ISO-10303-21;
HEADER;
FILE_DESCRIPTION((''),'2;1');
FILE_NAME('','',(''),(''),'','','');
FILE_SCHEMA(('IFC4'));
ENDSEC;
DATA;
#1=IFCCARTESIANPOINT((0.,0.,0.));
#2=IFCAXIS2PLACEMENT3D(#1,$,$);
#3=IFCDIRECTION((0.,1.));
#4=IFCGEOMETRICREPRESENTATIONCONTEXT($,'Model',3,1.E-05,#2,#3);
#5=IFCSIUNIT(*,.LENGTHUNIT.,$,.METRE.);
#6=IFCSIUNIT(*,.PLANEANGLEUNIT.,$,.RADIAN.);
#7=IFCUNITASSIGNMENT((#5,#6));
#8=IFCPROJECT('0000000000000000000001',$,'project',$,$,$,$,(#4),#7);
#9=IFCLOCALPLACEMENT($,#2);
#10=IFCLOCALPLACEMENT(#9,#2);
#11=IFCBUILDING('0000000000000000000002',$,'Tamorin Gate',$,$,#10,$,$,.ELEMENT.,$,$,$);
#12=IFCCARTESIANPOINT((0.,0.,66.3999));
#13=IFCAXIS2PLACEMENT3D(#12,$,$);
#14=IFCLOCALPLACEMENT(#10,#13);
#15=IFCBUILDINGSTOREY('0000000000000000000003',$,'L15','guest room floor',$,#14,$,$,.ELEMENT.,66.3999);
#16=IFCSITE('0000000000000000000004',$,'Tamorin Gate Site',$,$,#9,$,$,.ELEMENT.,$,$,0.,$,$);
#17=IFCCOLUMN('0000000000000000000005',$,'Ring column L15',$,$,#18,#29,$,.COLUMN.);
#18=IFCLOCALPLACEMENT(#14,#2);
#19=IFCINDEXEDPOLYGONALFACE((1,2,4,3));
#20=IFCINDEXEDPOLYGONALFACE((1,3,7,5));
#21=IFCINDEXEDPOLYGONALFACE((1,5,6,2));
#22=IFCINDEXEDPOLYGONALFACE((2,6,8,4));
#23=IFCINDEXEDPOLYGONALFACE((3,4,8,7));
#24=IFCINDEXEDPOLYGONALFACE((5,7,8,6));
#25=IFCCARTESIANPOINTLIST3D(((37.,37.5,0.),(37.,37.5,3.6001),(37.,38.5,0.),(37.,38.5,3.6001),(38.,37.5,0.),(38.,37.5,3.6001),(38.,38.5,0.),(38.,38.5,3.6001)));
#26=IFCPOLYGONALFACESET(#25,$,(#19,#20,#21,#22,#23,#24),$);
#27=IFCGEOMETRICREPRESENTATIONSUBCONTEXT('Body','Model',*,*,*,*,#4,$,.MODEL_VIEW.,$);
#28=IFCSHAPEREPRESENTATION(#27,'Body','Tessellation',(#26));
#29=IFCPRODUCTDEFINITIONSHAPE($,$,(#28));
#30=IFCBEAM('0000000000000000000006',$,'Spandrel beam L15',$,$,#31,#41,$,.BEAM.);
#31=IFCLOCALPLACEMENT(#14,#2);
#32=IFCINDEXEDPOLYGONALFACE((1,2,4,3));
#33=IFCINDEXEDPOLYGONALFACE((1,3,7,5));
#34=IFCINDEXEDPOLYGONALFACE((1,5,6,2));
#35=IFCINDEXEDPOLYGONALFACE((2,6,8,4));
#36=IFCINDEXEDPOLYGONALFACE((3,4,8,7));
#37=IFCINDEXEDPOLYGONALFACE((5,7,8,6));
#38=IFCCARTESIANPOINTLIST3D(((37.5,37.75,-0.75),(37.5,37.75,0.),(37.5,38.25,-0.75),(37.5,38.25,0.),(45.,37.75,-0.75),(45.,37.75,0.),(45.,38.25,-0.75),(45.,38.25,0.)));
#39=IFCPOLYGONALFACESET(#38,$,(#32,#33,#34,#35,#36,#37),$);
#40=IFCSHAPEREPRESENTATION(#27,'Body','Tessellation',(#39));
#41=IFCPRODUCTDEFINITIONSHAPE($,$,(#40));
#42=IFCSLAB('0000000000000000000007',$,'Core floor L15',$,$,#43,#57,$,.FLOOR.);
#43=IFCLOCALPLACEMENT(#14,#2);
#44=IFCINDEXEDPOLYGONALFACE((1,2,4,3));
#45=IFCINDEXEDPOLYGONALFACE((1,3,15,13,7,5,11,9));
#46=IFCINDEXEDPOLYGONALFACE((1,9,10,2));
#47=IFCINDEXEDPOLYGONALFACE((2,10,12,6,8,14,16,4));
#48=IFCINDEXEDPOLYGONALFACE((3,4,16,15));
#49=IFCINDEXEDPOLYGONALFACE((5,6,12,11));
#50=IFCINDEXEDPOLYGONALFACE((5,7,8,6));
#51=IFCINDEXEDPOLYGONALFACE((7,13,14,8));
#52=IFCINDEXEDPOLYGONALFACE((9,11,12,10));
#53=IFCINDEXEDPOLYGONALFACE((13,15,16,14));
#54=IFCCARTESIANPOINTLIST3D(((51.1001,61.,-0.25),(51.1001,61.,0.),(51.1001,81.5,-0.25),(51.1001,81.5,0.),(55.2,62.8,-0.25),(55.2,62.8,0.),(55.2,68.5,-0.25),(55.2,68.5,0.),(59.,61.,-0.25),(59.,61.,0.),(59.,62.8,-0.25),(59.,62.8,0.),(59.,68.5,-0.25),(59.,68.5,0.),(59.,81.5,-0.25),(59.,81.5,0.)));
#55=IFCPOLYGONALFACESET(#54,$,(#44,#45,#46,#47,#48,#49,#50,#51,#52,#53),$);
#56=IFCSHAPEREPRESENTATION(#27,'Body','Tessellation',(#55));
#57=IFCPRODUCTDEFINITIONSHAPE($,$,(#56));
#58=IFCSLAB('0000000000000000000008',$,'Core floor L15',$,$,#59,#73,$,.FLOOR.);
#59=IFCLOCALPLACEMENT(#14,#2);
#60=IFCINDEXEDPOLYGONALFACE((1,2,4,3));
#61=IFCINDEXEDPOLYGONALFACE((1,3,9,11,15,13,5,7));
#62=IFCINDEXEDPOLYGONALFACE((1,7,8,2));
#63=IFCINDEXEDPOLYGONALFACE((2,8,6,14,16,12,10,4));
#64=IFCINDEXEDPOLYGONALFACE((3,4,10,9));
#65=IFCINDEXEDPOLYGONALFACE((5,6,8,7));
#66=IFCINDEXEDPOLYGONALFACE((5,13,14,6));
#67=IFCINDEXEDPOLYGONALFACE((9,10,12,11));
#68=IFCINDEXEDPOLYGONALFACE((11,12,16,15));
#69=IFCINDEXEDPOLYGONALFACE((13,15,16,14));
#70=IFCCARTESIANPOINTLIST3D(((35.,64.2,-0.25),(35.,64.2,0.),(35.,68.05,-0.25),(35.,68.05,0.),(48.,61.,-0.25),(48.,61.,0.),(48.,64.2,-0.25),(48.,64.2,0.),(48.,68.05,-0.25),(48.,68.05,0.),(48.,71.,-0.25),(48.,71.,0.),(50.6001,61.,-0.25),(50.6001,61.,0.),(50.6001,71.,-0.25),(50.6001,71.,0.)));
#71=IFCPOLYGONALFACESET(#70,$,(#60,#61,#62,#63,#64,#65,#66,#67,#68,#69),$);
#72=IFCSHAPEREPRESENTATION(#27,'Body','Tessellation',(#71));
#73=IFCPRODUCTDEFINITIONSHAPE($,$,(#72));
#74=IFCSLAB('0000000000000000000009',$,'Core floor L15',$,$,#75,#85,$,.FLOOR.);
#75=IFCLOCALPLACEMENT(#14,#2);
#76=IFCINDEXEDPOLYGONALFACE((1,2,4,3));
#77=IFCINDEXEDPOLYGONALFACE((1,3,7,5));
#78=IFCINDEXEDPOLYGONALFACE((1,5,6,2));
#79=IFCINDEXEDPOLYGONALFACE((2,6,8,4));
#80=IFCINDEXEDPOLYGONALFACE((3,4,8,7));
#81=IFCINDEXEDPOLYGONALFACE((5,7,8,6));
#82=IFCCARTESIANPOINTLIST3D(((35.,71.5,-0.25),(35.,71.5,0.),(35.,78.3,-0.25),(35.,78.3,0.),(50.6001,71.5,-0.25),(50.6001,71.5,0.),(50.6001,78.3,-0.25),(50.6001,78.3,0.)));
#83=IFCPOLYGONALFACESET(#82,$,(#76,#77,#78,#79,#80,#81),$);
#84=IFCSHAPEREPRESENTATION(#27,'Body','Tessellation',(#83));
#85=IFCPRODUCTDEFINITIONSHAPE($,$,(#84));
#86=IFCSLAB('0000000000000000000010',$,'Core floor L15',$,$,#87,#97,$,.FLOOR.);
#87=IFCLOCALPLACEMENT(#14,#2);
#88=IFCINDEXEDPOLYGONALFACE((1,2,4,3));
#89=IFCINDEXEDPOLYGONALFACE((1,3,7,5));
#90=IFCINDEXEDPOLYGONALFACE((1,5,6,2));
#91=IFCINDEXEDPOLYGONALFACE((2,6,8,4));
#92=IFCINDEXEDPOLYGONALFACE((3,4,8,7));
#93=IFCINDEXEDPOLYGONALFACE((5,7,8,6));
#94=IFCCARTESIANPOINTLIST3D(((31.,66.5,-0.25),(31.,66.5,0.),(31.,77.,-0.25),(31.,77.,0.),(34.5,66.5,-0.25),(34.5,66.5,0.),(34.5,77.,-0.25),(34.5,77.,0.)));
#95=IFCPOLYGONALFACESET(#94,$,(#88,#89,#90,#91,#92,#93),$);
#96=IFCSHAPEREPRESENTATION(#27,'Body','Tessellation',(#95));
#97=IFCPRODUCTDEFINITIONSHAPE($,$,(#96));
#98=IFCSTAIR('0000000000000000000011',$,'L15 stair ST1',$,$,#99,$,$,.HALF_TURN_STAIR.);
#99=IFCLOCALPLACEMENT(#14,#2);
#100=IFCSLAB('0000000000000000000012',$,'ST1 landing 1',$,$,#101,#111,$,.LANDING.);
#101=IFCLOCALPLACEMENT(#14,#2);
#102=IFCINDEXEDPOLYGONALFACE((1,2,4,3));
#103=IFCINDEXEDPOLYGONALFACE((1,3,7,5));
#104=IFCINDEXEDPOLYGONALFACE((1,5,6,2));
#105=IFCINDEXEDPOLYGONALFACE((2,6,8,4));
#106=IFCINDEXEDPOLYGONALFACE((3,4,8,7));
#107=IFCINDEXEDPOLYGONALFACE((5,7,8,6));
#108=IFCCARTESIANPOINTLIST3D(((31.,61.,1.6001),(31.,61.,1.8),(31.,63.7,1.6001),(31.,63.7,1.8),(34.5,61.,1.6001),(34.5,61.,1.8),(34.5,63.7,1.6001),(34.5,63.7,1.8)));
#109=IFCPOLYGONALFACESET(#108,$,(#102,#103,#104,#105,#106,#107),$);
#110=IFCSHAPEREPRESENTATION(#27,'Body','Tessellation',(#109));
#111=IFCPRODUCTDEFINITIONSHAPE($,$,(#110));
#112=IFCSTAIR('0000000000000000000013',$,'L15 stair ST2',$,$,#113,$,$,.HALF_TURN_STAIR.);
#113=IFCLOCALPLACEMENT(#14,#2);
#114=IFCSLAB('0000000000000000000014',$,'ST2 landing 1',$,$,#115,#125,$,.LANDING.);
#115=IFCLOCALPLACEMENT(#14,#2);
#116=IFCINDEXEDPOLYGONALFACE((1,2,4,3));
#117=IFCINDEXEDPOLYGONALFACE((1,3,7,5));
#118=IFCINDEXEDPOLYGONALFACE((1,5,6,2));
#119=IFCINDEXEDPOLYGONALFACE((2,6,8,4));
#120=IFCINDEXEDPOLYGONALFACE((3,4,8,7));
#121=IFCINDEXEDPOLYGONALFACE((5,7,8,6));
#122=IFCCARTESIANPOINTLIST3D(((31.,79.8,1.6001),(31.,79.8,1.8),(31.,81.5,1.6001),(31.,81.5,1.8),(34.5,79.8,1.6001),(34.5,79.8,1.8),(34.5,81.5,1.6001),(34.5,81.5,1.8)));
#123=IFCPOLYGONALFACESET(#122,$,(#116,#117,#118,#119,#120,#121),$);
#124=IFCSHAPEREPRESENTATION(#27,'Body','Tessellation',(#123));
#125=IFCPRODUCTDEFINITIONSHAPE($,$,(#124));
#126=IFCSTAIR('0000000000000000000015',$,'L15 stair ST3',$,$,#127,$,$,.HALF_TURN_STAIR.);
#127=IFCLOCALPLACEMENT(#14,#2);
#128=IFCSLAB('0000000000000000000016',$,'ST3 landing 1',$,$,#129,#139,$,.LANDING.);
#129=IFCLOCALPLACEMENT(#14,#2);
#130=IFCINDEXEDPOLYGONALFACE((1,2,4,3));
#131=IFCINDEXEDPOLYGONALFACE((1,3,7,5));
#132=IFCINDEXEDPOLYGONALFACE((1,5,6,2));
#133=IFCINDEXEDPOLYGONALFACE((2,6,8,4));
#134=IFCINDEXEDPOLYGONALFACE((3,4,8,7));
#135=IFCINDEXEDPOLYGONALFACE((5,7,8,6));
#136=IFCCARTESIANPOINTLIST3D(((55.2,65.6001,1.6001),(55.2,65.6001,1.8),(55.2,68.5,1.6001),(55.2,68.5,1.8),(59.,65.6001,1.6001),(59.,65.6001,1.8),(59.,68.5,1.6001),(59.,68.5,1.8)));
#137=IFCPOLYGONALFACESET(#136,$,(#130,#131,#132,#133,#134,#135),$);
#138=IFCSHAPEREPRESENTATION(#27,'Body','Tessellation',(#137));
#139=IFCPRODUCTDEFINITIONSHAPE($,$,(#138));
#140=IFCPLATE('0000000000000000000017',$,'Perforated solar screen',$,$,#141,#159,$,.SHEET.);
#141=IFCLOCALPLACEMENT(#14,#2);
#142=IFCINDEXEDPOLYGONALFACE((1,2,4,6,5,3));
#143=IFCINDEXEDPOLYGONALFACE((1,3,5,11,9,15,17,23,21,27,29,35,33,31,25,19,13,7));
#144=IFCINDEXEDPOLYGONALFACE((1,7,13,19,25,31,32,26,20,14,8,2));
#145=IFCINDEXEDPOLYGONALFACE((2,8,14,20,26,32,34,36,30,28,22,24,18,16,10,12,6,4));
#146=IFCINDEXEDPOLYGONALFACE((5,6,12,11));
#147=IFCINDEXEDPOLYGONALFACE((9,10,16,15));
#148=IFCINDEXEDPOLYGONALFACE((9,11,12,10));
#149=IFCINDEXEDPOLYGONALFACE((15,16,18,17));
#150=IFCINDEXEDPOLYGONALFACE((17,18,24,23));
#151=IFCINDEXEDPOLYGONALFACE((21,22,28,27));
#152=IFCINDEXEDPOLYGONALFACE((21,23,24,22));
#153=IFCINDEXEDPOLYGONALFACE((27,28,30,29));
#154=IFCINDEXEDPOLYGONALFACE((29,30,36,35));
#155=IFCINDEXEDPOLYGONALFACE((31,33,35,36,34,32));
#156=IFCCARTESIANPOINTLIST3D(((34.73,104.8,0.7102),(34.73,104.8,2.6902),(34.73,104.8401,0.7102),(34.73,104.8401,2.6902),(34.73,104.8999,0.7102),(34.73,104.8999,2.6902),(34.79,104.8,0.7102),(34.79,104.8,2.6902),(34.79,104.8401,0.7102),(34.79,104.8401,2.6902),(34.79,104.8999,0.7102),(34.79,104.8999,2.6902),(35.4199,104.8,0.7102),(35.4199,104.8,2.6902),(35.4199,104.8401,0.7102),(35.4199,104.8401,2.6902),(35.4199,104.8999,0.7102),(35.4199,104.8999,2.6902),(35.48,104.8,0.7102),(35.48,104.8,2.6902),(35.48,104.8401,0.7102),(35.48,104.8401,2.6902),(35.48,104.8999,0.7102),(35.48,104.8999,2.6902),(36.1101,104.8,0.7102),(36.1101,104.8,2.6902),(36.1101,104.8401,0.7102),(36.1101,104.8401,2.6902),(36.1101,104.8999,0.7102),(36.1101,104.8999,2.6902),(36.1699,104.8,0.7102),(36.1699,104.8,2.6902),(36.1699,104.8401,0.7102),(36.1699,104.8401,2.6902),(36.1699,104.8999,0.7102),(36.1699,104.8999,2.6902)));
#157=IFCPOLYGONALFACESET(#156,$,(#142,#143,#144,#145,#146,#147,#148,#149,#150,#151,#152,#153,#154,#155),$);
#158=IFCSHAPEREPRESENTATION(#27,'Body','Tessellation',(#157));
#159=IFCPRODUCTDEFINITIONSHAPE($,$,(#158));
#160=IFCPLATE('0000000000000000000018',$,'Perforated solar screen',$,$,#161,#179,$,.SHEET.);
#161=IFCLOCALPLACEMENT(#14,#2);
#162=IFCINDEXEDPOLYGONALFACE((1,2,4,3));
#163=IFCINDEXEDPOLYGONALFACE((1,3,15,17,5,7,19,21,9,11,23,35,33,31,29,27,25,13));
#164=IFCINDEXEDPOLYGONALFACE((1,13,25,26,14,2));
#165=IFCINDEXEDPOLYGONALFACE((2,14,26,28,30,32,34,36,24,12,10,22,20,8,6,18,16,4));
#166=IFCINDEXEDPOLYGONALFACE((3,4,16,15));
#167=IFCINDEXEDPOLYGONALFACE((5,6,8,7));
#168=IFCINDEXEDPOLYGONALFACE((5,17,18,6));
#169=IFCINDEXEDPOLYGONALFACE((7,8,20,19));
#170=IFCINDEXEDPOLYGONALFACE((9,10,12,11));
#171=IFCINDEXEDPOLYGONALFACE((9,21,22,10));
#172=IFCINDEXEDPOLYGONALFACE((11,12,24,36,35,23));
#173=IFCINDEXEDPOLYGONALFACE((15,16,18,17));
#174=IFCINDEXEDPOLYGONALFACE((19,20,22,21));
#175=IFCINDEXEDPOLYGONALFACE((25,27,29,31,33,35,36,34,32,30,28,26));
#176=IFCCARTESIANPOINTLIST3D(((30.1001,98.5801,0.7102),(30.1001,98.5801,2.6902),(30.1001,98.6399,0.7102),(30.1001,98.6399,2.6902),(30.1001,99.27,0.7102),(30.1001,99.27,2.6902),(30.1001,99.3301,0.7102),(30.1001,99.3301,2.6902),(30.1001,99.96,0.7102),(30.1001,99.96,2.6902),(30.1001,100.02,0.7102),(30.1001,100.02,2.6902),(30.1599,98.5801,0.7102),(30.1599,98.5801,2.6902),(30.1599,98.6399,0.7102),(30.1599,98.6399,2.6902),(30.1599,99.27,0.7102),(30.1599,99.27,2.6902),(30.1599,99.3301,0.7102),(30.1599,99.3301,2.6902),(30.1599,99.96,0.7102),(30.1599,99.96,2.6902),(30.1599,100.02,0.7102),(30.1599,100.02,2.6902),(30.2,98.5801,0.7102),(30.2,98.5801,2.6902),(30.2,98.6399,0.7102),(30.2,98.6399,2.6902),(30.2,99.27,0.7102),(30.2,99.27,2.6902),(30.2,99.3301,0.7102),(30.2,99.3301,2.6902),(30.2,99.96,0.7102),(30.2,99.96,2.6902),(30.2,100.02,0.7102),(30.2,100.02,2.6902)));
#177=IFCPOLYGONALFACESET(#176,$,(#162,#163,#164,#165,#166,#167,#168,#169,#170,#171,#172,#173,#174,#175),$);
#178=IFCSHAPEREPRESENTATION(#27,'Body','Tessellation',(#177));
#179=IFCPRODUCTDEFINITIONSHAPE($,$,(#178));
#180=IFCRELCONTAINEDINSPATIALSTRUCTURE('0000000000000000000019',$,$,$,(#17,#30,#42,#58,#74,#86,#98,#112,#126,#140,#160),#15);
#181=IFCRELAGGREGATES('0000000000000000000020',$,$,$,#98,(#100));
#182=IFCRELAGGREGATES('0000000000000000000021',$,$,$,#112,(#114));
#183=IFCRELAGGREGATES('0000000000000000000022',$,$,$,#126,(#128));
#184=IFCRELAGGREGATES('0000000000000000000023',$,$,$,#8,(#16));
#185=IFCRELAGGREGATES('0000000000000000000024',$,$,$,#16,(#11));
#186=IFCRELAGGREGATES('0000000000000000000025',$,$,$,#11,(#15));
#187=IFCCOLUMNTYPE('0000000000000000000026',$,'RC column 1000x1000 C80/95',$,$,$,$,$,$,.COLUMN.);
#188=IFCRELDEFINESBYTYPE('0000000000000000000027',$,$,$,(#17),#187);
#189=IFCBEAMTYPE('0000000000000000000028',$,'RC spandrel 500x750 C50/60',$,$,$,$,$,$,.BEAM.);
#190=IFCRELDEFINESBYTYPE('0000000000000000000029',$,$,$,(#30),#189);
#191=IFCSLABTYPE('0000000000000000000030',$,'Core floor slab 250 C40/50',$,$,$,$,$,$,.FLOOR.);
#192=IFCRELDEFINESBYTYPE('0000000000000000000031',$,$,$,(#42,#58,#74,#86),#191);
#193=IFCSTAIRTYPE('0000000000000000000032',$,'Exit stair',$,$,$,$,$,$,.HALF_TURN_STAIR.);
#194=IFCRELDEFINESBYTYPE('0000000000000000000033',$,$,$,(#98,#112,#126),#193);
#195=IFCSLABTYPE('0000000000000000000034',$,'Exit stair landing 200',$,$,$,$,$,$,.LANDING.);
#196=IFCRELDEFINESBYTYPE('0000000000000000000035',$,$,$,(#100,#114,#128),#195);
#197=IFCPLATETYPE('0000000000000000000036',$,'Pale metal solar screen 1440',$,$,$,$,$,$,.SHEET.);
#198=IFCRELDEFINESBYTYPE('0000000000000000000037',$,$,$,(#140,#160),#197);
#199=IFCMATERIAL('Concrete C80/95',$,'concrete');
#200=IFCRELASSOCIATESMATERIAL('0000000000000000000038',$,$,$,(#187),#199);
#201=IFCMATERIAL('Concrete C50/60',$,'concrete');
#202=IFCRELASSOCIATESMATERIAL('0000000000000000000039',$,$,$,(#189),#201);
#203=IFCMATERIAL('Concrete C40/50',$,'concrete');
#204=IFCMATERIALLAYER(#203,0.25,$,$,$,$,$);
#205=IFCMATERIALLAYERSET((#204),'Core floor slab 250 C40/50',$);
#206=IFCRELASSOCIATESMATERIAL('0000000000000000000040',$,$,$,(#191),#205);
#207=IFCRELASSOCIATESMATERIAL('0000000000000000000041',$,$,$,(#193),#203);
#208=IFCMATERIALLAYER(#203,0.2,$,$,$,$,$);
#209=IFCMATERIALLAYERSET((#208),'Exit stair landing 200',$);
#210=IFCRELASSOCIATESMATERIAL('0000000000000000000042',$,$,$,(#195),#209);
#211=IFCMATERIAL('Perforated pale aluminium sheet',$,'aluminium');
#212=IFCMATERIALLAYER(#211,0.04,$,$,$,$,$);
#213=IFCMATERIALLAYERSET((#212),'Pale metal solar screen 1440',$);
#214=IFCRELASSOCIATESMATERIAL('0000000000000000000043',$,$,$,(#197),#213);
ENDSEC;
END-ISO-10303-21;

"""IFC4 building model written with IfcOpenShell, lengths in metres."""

from ifc_helpers import new_model, si_unit, direction, frame, origin, origin_2d, place, context, subcontext, project, spatial, polyline, rectangle, outline, extrude, material, layer, layer_set, material_profile, profile_set, type_object, element, aggregate, save


model = new_model("IFC4")

# Units and contexts
model_context = context("Model", 3, precision=1e-05, world=origin(), true_north=direction((0.0, 1.0)))
body_context = subcontext(model_context, "Body", "Model", "MODEL_VIEW")
ifc_project = project(units=[si_unit("LENGTHUNIT", "METRE"), si_unit("PLANEANGLEUNIT", "RADIAN")], contexts=[model_context])

# Site, building, storey
site_placement = place(None, origin())
site = spatial("IfcSite", under=ifc_project, at=site_placement, Name="Tamorin Gate Site", CompositionType="ELEMENT", RefElevation=0.0)
building_placement = place(site_placement, origin())
building = spatial("IfcBuilding", under=site, at=building_placement, Name="Tamorin Gate", CompositionType="ELEMENT")
storey_placement = place(building_placement, frame((0.0, 0.0, 66.3999)))
storey = spatial("IfcBuildingStorey", under=building, at=storey_placement, Name="L15", Description="guest room floor", CompositionType="ELEMENT", Elevation=66.3999)

# Column
ifc_material_1 = material(Name="Concrete C80/95", Category="concrete")
ifc_material_profile_1 = material_profile(ifc_material_1, rectangle(XDim=1.0, YDim=1.0, at=origin_2d()), Name="RC 1000x1000")
ifc_profile_set_1 = profile_set([ifc_material_profile_1], Name="Concrete C80/95")
column_type = type_object("IfcColumnType", Name="RC column 1000x1000 C80/95", PredefinedType="COLUMN", material=ifc_profile_set_1)
column_placement = place(storey_placement, frame((37.5, 38.0, 0.0), z_axis=(0.0, 0.0, 1.0), x_axis=(1.0, 0.0, 0.0)))
element("IfcColumn", 1, at=column_placement, inside=storey, type_object=column_type, Name="Ring column L15", PredefinedType="COLUMN", context=body_context, shape_type="SweptSolid", body=[
    extrude(rectangle(XDim=1.0, YDim=1.0, at=origin_2d()), origin(), (0.0, 0.0, 1.0), 3.6001),
])

# Beam
ifc_material_2 = material(Name="Concrete C50/60", Category="concrete")
ifc_material_profile_2 = material_profile(ifc_material_2, rectangle(XDim=0.5, YDim=0.75, at=origin_2d()), Name="RC 500x750")
ifc_profile_set_2 = profile_set([ifc_material_profile_2], Name="Concrete C50/60")
beam_type = type_object("IfcBeamType", Name="RC spandrel 500x750 C50/60", PredefinedType="BEAM", material=ifc_profile_set_2)
beam_placement = place(storey_placement, frame((37.5, 38.0, -0.375), z_axis=(1.0, 0.0, 0.0), x_axis=(0.0, 1.0, 0.0)))
element("IfcBeam", 2, at=beam_placement, inside=storey, type_object=beam_type, Name="Spandrel beam L15", PredefinedType="BEAM", context=body_context, shape_type="SweptSolid", body=[
    extrude(rectangle(XDim=0.5, YDim=0.75, at=origin_2d()), origin(), (0.0, 0.0, 1.0), 7.5),
])

# Slabs
ifc_material_3 = material(Name="Concrete C40/50", Category="concrete")
ifc_layer_1 = layer(ifc_material_3, 0.25)
ifc_layer_set_1 = layer_set([ifc_layer_1], Name="Core floor slab 250 C40/50")
slab_type_1 = type_object("IfcSlabType", Name="Core floor slab 250 C40/50", PredefinedType="FLOOR", material=ifc_layer_set_1)
slab_1_placement = place(storey_placement, frame((0.0, 0.0, -0.25)))
element("IfcSlab", 3, at=slab_1_placement, inside=storey, type_object=slab_type_1, Name="Core floor L15", PredefinedType="FLOOR", context=body_context, shape_type="SweptSolid", body=[
    extrude(outline(polyline([(59.0, 62.8), (59.0, 61.0), (51.1001, 61.0), (51.1001, 81.5), (59.0, 81.5), (59.0, 68.5), (55.2, 68.5), (55.2, 62.8), (59.0, 62.8)])), origin(), (0.0, 0.0, 1.0), 0.25),
])
slab_2_placement = place(storey_placement, frame((0.0, 0.0, -0.25)))
element("IfcSlab", 4, at=slab_2_placement, inside=storey, type_object=slab_type_1, Name="Core floor L15", PredefinedType="FLOOR", context=body_context, shape_type="SweptSolid", body=[
    extrude(outline(polyline([(50.6001, 61.0), (48.0, 61.0), (48.0, 64.2), (35.0, 64.2), (35.0, 68.05), (48.0, 68.05), (48.0, 71.0), (50.6001, 71.0), (50.6001, 61.0)])), origin(), (0.0, 0.0, 1.0), 0.25),
])
slab_3_placement = place(storey_placement, frame((0.0, 0.0, -0.25)))
element("IfcSlab", 5, at=slab_3_placement, inside=storey, type_object=slab_type_1, Name="Core floor L15", PredefinedType="FLOOR", context=body_context, shape_type="SweptSolid", body=[
    extrude(outline(polyline([(50.6001, 71.5), (35.0, 71.5), (35.0, 78.3), (50.6001, 78.3), (50.6001, 71.5)])), origin(), (0.0, 0.0, 1.0), 0.25),
])
slab_4_placement = place(storey_placement, frame((0.0, 0.0, -0.25)))
element("IfcSlab", 6, at=slab_4_placement, inside=storey, type_object=slab_type_1, Name="Core floor L15", PredefinedType="FLOOR", context=body_context, shape_type="SweptSolid", body=[
    extrude(outline(polyline([(31.0, 66.5), (31.0, 77.0), (34.5, 77.0), (34.5, 66.5), (31.0, 66.5)])), origin(), (0.0, 0.0, 1.0), 0.25),
])

# Stairs, slabs
stair_type = type_object("IfcStairType", Name="Exit stair", PredefinedType="HALF_TURN_STAIR", material=ifc_material_3)
stair_1_placement = place(storey_placement, origin())
stair_1 = element("IfcStair", 7, at=stair_1_placement, inside=storey, type_object=stair_type, Name="L15 stair ST1", PredefinedType="HALF_TURN_STAIR")
ifc_layer_2 = layer(ifc_material_3, 0.2)
ifc_layer_set_2 = layer_set([ifc_layer_2], Name="Exit stair landing 200")
slab_type_2 = type_object("IfcSlabType", Name="Exit stair landing 200", PredefinedType="LANDING", material=ifc_layer_set_2)
slab_5_placement = place(storey_placement, frame((0.0, 0.0, 1.6001)))
slab_5 = element("IfcSlab", 8, at=slab_5_placement, type_object=slab_type_2, Name="ST1 landing 1", PredefinedType="LANDING", context=body_context, shape_type="SweptSolid", body=[
    extrude(outline(polyline([(31.0, 63.7), (31.0, 61.0), (34.5, 61.0), (34.5, 63.7), (31.0, 63.7)])), origin(), (0.0, 0.0, 1.0), 0.2),
])
aggregate(stair_1, [slab_5])
stair_2_placement = place(storey_placement, origin())
stair_2 = element("IfcStair", 9, at=stair_2_placement, inside=storey, type_object=stair_type, Name="L15 stair ST2", PredefinedType="HALF_TURN_STAIR")
slab_6_placement = place(storey_placement, frame((0.0, 0.0, 1.6001)))
slab_6 = element("IfcSlab", 10, at=slab_6_placement, type_object=slab_type_2, Name="ST2 landing 1", PredefinedType="LANDING", context=body_context, shape_type="SweptSolid", body=[
    extrude(outline(polyline([(34.5, 79.8), (34.5, 81.5), (31.0, 81.5), (31.0, 79.8), (34.5, 79.8)])), origin(), (0.0, 0.0, 1.0), 0.2),
])
aggregate(stair_2, [slab_6])
stair_3_placement = place(storey_placement, origin())
stair_3 = element("IfcStair", 11, at=stair_3_placement, inside=storey, type_object=stair_type, Name="L15 stair ST3", PredefinedType="HALF_TURN_STAIR")
slab_7_placement = place(storey_placement, frame((0.0, 0.0, 1.6001)))
slab_7 = element("IfcSlab", 12, at=slab_7_placement, type_object=slab_type_2, Name="ST3 landing 1", PredefinedType="LANDING", context=body_context, shape_type="SweptSolid", body=[
    extrude(outline(polyline([(59.0, 65.6001), (59.0, 68.5), (55.2, 68.5), (55.2, 65.6001), (59.0, 65.6001)])), origin(), (0.0, 0.0, 1.0), 0.2),
])
aggregate(stair_3, [slab_7])

# Plates
ifc_material_4 = material(Name="Perforated pale aluminium sheet", Category="aluminium")
ifc_layer_3 = layer(ifc_material_4, 0.04)
ifc_layer_set_3 = layer_set([ifc_layer_3], Name="Pale metal solar screen 1440")
plate_type = type_object("IfcPlateType", Name="Pale metal solar screen 1440", PredefinedType="SHEET", material=ifc_layer_set_3)
plate_1_placement = place(storey_placement, frame((0.0, 0.0, 0.7102)))
element("IfcPlate", 13, at=plate_1_placement, inside=storey, type_object=plate_type, Name="Perforated solar screen", PredefinedType="SHEET", context=body_context, shape_type="SweptSolid", body=[
    extrude(outline(polyline([(36.1699, 104.8401), (36.1699, 104.8), (36.1101, 104.8), (35.48, 104.8), (35.4199, 104.8), (34.79, 104.8), (34.73, 104.8), (34.73, 104.8401), (34.73, 104.8999), (34.79, 104.8999), (34.79, 104.8401), (35.4199, 104.8401), (35.4199, 104.8999), (35.48, 104.8999), (35.48, 104.8401), (36.1101, 104.8401), (36.1101, 104.8999), (36.1699, 104.8999), (36.1699, 104.8401)])), origin(), (0.0, 0.0, 1.0), 1.98),
])
plate_2_placement = place(storey_placement, frame((0.0, 0.0, 0.7102)))
element("IfcPlate", 14, at=plate_2_placement, inside=storey, type_object=plate_type, Name="Perforated solar screen", PredefinedType="SHEET", context=body_context, shape_type="SweptSolid", body=[
    extrude(outline(polyline([(30.1599, 100.02), (30.2, 100.02), (30.2, 99.96), (30.2, 99.3301), (30.2, 99.27), (30.2, 98.6399), (30.2, 98.5801), (30.1599, 98.5801), (30.1001, 98.5801), (30.1001, 98.6399), (30.1599, 98.6399), (30.1599, 99.27), (30.1001, 99.27), (30.1001, 99.3301), (30.1599, 99.3301), (30.1599, 99.96), (30.1001, 99.96), (30.1001, 100.02), (30.1599, 100.02)])), origin(), (0.0, 0.0, 1.0), 1.98),
])

save(model, "model.ifc")
